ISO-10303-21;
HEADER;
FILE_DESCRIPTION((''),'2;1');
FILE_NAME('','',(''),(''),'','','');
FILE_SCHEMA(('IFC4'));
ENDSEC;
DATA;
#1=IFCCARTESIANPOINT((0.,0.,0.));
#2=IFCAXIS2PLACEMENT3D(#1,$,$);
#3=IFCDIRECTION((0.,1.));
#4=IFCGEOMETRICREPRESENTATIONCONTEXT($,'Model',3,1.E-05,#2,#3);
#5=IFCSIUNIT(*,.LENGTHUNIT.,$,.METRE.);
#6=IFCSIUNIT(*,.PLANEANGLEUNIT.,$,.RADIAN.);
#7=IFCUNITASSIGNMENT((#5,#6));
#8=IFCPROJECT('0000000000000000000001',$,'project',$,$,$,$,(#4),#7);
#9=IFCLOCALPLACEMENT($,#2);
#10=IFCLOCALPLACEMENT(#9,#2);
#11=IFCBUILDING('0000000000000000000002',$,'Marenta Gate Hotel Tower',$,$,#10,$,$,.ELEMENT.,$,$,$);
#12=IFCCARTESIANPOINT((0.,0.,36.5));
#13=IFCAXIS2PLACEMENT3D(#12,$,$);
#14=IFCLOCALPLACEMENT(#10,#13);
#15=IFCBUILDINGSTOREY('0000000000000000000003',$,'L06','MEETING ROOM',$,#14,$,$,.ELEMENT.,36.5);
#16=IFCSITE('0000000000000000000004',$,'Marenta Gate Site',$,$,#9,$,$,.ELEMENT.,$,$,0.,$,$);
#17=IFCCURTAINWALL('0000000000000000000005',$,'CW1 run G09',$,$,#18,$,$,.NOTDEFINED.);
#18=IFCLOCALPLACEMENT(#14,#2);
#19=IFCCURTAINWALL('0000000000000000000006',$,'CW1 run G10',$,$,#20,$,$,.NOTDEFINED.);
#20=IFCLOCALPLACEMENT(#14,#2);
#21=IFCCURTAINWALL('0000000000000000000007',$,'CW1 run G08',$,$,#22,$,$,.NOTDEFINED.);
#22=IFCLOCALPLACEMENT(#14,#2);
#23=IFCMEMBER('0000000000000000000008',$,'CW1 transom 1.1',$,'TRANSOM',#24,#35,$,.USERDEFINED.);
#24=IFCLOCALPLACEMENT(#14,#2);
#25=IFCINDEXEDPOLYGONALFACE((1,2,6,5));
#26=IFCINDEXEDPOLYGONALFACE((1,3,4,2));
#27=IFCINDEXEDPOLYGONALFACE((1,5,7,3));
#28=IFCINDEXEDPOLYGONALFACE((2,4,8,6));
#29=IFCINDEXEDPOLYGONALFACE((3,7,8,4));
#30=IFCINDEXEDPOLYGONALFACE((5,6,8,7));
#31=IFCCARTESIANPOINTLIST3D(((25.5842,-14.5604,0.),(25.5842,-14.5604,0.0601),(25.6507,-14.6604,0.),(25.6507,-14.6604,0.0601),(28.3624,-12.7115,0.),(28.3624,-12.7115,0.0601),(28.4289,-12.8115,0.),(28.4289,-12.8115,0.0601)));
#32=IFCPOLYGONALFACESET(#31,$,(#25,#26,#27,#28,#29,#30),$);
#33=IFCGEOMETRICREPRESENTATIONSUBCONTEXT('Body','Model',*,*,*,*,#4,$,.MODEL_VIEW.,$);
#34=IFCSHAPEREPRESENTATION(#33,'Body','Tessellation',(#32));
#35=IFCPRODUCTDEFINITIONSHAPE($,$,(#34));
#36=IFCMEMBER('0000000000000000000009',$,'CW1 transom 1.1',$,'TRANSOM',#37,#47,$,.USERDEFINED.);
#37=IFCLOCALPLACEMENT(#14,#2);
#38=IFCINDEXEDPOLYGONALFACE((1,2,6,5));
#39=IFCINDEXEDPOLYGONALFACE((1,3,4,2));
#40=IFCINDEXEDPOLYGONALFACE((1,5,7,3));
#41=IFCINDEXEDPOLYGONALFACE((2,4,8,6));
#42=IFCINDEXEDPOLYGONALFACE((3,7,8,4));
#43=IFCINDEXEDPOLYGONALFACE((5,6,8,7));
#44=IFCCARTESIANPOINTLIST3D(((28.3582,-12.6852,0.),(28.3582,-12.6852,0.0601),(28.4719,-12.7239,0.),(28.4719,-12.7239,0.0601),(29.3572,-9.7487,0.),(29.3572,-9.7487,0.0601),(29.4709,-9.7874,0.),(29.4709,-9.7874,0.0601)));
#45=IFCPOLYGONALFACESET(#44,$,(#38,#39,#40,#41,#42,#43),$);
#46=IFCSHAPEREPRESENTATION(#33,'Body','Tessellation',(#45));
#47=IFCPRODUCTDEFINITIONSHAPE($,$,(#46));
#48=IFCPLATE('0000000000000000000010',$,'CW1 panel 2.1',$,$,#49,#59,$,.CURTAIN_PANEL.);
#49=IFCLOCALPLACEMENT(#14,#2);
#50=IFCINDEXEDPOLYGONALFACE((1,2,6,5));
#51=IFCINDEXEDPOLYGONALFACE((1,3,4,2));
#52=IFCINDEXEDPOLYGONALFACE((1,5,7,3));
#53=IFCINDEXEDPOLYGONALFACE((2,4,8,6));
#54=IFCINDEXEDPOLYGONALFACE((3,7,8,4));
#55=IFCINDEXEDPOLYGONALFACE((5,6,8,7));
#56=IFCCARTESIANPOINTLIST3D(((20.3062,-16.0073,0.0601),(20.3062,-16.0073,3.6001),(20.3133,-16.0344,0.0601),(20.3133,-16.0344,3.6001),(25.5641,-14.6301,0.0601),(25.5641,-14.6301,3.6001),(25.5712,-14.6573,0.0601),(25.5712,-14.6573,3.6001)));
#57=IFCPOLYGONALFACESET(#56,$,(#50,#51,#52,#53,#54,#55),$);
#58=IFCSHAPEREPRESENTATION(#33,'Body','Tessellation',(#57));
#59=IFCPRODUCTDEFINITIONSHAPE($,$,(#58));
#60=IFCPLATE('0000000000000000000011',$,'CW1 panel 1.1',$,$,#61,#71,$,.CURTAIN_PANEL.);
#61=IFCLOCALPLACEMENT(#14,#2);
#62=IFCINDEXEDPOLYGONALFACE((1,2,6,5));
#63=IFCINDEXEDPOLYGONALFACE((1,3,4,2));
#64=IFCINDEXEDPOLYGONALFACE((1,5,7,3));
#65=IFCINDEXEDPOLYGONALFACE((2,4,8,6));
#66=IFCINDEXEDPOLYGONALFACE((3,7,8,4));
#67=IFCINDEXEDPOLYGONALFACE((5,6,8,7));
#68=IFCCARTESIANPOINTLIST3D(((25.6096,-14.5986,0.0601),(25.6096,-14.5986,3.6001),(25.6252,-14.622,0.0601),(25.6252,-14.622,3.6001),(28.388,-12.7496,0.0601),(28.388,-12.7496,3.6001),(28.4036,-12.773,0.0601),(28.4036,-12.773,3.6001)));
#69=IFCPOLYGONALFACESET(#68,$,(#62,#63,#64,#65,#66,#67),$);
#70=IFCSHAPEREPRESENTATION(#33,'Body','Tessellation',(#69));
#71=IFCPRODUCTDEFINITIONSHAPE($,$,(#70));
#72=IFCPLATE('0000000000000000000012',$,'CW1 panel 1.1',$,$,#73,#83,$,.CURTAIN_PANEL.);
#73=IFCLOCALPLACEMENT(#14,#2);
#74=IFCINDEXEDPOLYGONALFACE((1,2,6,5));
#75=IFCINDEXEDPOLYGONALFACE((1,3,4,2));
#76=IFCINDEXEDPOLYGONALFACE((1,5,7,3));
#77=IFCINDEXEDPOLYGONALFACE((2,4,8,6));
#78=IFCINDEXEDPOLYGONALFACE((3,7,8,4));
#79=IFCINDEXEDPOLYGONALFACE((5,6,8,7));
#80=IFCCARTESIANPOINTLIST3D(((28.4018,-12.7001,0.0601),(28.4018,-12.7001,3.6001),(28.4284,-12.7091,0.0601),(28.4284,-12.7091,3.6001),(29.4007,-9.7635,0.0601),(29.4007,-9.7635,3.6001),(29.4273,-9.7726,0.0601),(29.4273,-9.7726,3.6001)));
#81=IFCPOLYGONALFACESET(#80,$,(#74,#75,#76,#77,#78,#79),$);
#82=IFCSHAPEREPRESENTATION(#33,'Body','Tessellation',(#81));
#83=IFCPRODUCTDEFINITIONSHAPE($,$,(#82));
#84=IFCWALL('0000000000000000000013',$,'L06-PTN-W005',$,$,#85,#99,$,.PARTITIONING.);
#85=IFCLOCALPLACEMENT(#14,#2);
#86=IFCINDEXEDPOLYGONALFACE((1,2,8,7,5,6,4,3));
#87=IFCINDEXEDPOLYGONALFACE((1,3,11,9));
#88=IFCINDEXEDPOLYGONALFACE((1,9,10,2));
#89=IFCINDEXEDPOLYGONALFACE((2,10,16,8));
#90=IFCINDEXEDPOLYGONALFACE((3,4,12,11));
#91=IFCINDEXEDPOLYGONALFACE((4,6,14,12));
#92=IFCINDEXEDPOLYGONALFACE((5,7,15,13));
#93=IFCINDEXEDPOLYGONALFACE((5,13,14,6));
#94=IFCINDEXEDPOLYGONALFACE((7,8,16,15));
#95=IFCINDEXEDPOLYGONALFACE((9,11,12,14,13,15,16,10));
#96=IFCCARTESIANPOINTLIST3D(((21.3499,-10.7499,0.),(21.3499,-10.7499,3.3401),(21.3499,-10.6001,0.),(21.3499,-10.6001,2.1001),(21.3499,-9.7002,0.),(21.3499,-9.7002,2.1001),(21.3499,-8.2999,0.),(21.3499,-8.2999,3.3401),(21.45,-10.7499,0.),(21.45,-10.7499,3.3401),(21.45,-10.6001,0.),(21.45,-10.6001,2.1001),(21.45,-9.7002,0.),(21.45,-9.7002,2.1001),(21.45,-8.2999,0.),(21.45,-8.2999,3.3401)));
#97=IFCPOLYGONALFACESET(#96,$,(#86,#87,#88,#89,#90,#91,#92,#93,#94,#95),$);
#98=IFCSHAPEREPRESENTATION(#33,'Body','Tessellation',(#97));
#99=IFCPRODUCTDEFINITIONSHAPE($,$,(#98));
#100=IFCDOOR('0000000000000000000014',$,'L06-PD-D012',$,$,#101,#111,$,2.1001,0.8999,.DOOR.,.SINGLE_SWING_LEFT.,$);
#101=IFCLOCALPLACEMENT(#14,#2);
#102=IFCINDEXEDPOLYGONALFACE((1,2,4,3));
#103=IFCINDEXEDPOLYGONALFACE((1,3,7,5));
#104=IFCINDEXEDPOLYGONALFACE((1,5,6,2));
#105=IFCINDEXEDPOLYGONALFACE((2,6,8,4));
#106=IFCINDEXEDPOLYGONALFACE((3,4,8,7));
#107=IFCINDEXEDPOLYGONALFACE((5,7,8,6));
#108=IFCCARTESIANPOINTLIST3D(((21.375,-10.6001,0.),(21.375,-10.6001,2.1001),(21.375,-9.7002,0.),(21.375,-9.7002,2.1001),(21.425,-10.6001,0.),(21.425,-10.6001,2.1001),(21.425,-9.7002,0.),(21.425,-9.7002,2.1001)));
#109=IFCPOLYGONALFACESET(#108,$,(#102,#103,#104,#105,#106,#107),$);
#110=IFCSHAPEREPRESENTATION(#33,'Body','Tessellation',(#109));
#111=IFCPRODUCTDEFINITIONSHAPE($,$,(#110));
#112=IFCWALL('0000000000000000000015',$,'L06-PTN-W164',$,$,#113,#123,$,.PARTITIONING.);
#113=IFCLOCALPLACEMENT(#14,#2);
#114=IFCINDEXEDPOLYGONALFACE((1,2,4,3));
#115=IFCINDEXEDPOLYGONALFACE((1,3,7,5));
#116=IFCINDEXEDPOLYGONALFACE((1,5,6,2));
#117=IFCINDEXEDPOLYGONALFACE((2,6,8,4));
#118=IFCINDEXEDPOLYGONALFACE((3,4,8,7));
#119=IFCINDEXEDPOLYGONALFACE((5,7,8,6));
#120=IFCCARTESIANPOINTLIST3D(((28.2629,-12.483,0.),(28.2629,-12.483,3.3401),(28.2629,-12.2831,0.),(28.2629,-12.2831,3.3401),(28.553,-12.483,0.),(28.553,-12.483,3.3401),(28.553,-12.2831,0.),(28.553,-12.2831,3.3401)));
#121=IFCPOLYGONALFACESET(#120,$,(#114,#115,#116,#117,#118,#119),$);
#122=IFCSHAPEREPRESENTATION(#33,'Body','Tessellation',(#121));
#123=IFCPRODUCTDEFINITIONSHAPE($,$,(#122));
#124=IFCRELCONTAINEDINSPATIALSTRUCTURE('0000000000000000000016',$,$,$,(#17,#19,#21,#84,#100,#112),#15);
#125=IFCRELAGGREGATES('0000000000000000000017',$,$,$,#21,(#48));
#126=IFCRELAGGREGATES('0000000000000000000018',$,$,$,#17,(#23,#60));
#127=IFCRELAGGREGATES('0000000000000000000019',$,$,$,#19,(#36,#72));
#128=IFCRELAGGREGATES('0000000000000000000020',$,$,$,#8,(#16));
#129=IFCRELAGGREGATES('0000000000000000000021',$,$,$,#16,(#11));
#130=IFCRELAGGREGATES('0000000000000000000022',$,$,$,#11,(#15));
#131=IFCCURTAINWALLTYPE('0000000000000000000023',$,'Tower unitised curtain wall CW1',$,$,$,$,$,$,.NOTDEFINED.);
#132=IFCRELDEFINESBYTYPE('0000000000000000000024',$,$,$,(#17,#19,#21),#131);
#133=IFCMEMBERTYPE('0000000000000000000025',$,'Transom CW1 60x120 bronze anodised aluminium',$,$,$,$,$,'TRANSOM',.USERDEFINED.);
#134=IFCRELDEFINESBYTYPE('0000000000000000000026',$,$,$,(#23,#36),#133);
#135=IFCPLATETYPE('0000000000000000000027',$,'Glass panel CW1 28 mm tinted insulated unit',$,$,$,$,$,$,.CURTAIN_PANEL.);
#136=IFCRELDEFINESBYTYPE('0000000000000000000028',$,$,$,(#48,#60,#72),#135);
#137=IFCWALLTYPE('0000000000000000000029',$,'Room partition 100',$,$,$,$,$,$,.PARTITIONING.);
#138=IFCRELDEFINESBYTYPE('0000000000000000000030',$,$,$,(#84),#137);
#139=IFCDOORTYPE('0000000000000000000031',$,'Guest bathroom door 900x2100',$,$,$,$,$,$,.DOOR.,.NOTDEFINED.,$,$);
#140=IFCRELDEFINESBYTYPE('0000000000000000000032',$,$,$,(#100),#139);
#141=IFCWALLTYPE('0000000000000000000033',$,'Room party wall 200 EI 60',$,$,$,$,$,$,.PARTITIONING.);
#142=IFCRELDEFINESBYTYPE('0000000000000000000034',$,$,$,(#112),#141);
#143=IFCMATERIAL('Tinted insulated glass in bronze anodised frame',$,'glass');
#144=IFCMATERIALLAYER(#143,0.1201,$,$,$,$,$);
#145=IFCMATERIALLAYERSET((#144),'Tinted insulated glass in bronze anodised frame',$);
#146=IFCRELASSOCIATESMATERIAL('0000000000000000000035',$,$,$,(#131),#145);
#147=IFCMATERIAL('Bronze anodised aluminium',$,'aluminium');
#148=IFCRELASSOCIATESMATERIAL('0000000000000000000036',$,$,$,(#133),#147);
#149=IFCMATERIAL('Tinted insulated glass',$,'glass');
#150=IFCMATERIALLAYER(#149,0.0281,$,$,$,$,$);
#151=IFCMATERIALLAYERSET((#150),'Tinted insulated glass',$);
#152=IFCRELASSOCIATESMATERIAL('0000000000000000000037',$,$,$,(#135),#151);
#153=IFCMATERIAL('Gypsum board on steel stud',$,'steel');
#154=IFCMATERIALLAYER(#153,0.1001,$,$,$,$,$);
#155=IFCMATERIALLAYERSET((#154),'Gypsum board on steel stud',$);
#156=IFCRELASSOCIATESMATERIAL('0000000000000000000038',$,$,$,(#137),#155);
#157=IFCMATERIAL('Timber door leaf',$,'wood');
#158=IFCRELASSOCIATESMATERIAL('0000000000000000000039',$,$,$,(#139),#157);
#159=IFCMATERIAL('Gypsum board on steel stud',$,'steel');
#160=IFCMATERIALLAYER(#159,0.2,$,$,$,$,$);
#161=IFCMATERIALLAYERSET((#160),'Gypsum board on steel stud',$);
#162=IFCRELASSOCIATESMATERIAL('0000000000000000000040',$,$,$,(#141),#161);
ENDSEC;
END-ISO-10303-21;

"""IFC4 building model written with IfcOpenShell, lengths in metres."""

from ifc_helpers import new_model, si_unit, direction, frame, frame_2d, origin, origin_2d, place, context, subcontext, project, spatial, rectangle, extrude, material, layer, layer_set, material_profile, profile_set, type_object, element, fill, aggregate, save


model = new_model("IFC4")

# Units and contexts
model_context = context("Model", 3, precision=1e-05, world=origin(), true_north=direction((0.0, 1.0)))
body_context = subcontext(model_context, "Body", "Model", "MODEL_VIEW")
ifc_project = project(units=[si_unit("LENGTHUNIT", "METRE"), si_unit("PLANEANGLEUNIT", "RADIAN")], contexts=[model_context])

# Site, building, storey
site_placement = place(None, origin())
site = spatial("IfcSite", under=ifc_project, at=site_placement, Name="Marenta Gate Site", CompositionType="ELEMENT", RefElevation=0.0)
building_placement = place(site_placement, origin())
building = spatial("IfcBuilding", under=site, at=building_placement, Name="Marenta Gate Hotel Tower", CompositionType="ELEMENT")
storey_placement = place(building_placement, frame((0.0, 0.0, 36.5)))
storey = spatial("IfcBuildingStorey", under=building, at=storey_placement, Name="L06", Description="MEETING ROOM", CompositionType="ELEMENT", Elevation=36.5)

# Curtain walls
ifc_material_1 = material(Name="Tinted insulated glass in bronze anodised frame", Category="glass")
ifc_layer_1 = layer(ifc_material_1, 0.1201)
ifc_layer_set_1 = layer_set([ifc_layer_1], Name="Tinted insulated glass in bronze anodised frame")
curtain_wall_type = type_object("IfcCurtainWallType", Name="Tower unitised curtain wall CW1", PredefinedType="NOTDEFINED", material=ifc_layer_set_1)
curtain_wall_1_placement = place(storey_placement, origin())
curtain_wall_1 = element("IfcCurtainWall", 1, at=curtain_wall_1_placement, inside=storey, type_object=curtain_wall_type, Name="CW1 run G09", PredefinedType="NOTDEFINED")
curtain_wall_2_placement = place(storey_placement, origin())
curtain_wall_2 = element("IfcCurtainWall", 2, at=curtain_wall_2_placement, inside=storey, type_object=curtain_wall_type, Name="CW1 run G10", PredefinedType="NOTDEFINED")
curtain_wall_3_placement = place(storey_placement, origin())
curtain_wall_3 = element("IfcCurtainWall", 3, at=curtain_wall_3_placement, inside=storey, type_object=curtain_wall_type, Name="CW1 run G08", PredefinedType="NOTDEFINED")
ifc_material_2 = material(Name="Bronze anodised aluminium", Category="aluminium")
ifc_material_profile_1 = material_profile(ifc_material_2, rectangle(XDim=0.1201, YDim=0.0601, at=origin_2d()), Name="Transom CW1 60x120 bronze anodised aluminium")
ifc_profile_set_1 = profile_set([ifc_material_profile_1], Name="Bronze anodised aluminium")
member_type_1 = type_object("IfcMemberType", Name="Transom CW1 60x120 bronze anodised aluminium", ElementType="TRANSOM", PredefinedType="USERDEFINED", material=ifc_profile_set_1)

# Members
member_1_placement = place(storey_placement, frame((25.6174, -14.6104, 0.03), z_axis=(0.832511, 0.554008, 0.0), x_axis=(-0.554008, 0.832511, 0.0)))
member_1 = element("IfcMember", 4, at=member_1_placement, type_object=member_type_1, Name="CW1 transom 1.1", ObjectType="TRANSOM", PredefinedType="USERDEFINED", context=body_context, shape_type="SweptSolid", body=[
    extrude(rectangle(XDim=0.1201, YDim=0.0601, at=origin_2d()), origin(), (0.0, 0.0, 1.0), 3.3372),
])
member_2_placement = place(storey_placement, frame((28.415, -12.7046, 0.03), z_axis=(0.322078, 0.946713, 0.0), x_axis=(-0.946713, 0.322078, 0.0)))
member_2 = element("IfcMember", 5, at=member_2_placement, type_object=member_type_1, Name="CW1 transom 1.1", ObjectType="TRANSOM", PredefinedType="USERDEFINED", context=body_context, shape_type="SweptSolid", body=[
    extrude(rectangle(XDim=0.1201, YDim=0.0601, at=origin_2d()), origin(), (0.0, 0.0, 1.0), 3.1018),
])

# Plates
ifc_material_3 = material(Name="Tinted insulated glass", Category="glass")
ifc_layer_2 = layer(ifc_material_3, 0.0281)
ifc_layer_set_2 = layer_set([ifc_layer_2], Name="Tinted insulated glass")
plate_type = type_object("IfcPlateType", Name="Glass panel CW1 28 mm tinted insulated unit", PredefinedType="CURTAIN_PANEL", material=ifc_layer_set_2)
plate_1_placement = place(storey_placement, frame((22.9387, -15.3323, 0.0601), z_axis=(0.0, 0.0, 1.0), x_axis=(0.967369, 0.253372, 0.0)))
plate_1 = element("IfcPlate", 6, at=plate_1_placement, type_object=plate_type, Name="CW1 panel 2.1", PredefinedType="CURTAIN_PANEL", context=body_context, shape_type="SweptSolid", body=[
    extrude(rectangle(XDim=5.4353, YDim=0.0281, at=origin_2d()), origin(), (0.0, 0.0, 1.0), 3.54),
])
aggregate(curtain_wall_3, [plate_1])
plate_2_placement = place(storey_placement, frame((27.0066, -13.6858, 0.0601), z_axis=(0.0, 0.0, 1.0), x_axis=(0.832494, 0.554034, 0.0)))
plate_2 = element("IfcPlate", 7, at=plate_2_placement, type_object=plate_type, Name="CW1 panel 1.1", PredefinedType="CURTAIN_PANEL", context=body_context, shape_type="SweptSolid", body=[
    extrude(rectangle(XDim=3.3374, YDim=0.0281, at=origin_2d()), origin(), (0.0, 0.0, 1.0), 3.54),
])
aggregate(curtain_wall_1, [member_1, plate_2])
plate_3_placement = place(storey_placement, frame((28.9146, -11.2363, 0.0601), z_axis=(0.0, 0.0, 1.0), x_axis=(0.322029, 0.94673, 0.0)))
plate_3 = element("IfcPlate", 8, at=plate_3_placement, type_object=plate_type, Name="CW1 panel 1.1", PredefinedType="CURTAIN_PANEL", context=body_context, shape_type="SweptSolid", body=[
    extrude(rectangle(XDim=3.1018, YDim=0.0281, at=origin_2d()), origin(), (0.0, 0.0, 1.0), 3.54),
])
aggregate(curtain_wall_2, [member_2, plate_3])

# Wall, opening, door
ifc_material_4 = material(Name="Gypsum board on steel stud", Category="steel")
ifc_layer_3 = layer(ifc_material_4, 0.1001)
ifc_layer_set_3 = layer_set([ifc_layer_3], Name="Gypsum board on steel stud")
wall_type_1 = type_object("IfcWallType", Name="Room partition 100", PredefinedType="PARTITIONING", material=ifc_layer_set_3)
wall_1_placement = place(storey_placement, frame((21.3999, -10.75, 0.0), z_axis=(0.0, 0.0, 1.0), x_axis=(0.0, 1.0, 0.0)))
wall_1 = element("IfcWall", 9, at=wall_1_placement, inside=storey, type_object=wall_type_1, Name="L06-PTN-W005", PredefinedType="PARTITIONING", context=body_context, shape_type="SweptSolid", body=[
    extrude(rectangle(XDim=2.45, YDim=0.1001, at=frame_2d((1.2251, 0.0))), origin(), (0.0, 0.0, 1.0), 3.3401),
])
opening_placement = place(wall_1_placement, frame((0.1499, 0.0, 0.0)))
opening = element("IfcOpeningElement", 10, at=opening_placement, cuts=wall_1, PredefinedType="OPENING", context=body_context, shape_type="SweptSolid", body=[
    extrude(rectangle(XDim=0.8999, YDim=2.1001, at=frame_2d((0.45, 1.05))), frame((0.0, 0.05, 0.0), z_axis=(0.0, -1.0, 0.0), x_axis=(1.0, 0.0, 0.0)), (0.0, 0.0, 1.0), 0.1001),
])
ifc_material_5 = material(Name="Timber door leaf", Category="wood")
door_type = type_object("IfcDoorType", Name="Guest bathroom door 900x2100", OperationType="NOTDEFINED", PredefinedType="DOOR", material=ifc_material_5)
door_placement = place(opening_placement, origin())
door = element("IfcDoor", 11, at=door_placement, inside=storey, type_object=door_type, Name="L06-PD-D012", OperationType="SINGLE_SWING_LEFT", OverallHeight=2.1001, OverallWidth=0.8999, PredefinedType="DOOR", context=body_context, shape_type="SweptSolid", body=[
    extrude(rectangle(XDim=0.8999, YDim=2.1001, at=frame_2d((0.45, 1.05))), frame((0.0, 0.0249, 0.0), z_axis=(0.0, -1.0, 0.0), x_axis=(1.0, 0.0, 0.0)), (0.0, 0.0, 1.0), 0.05),
])
fill(opening, door)

# Wall
ifc_material_6 = material(Name="Gypsum board on steel stud", Category="steel")
ifc_layer_4 = layer(ifc_material_6, 0.2)
ifc_layer_set_4 = layer_set([ifc_layer_4], Name="Gypsum board on steel stud")
wall_type_2 = type_object("IfcWallType", Name="Room party wall 200 EI 60", PredefinedType="PARTITIONING", material=ifc_layer_set_4)
wall_2_placement = place(storey_placement, frame((28.2629, -12.3831, 0.0), z_axis=(0.0, 0.0, 1.0), x_axis=(1.0, 0.0, 0.0)))
element("IfcWall", 12, at=wall_2_placement, inside=storey, type_object=wall_type_2, Name="L06-PTN-W164", PredefinedType="PARTITIONING", context=body_context, shape_type="SweptSolid", body=[
    extrude(rectangle(XDim=0.29, YDim=0.2, at=frame_2d((0.145, 0.0))), origin(), (0.0, 0.0, 1.0), 3.3401),
])

save(model, "model.ifc")
